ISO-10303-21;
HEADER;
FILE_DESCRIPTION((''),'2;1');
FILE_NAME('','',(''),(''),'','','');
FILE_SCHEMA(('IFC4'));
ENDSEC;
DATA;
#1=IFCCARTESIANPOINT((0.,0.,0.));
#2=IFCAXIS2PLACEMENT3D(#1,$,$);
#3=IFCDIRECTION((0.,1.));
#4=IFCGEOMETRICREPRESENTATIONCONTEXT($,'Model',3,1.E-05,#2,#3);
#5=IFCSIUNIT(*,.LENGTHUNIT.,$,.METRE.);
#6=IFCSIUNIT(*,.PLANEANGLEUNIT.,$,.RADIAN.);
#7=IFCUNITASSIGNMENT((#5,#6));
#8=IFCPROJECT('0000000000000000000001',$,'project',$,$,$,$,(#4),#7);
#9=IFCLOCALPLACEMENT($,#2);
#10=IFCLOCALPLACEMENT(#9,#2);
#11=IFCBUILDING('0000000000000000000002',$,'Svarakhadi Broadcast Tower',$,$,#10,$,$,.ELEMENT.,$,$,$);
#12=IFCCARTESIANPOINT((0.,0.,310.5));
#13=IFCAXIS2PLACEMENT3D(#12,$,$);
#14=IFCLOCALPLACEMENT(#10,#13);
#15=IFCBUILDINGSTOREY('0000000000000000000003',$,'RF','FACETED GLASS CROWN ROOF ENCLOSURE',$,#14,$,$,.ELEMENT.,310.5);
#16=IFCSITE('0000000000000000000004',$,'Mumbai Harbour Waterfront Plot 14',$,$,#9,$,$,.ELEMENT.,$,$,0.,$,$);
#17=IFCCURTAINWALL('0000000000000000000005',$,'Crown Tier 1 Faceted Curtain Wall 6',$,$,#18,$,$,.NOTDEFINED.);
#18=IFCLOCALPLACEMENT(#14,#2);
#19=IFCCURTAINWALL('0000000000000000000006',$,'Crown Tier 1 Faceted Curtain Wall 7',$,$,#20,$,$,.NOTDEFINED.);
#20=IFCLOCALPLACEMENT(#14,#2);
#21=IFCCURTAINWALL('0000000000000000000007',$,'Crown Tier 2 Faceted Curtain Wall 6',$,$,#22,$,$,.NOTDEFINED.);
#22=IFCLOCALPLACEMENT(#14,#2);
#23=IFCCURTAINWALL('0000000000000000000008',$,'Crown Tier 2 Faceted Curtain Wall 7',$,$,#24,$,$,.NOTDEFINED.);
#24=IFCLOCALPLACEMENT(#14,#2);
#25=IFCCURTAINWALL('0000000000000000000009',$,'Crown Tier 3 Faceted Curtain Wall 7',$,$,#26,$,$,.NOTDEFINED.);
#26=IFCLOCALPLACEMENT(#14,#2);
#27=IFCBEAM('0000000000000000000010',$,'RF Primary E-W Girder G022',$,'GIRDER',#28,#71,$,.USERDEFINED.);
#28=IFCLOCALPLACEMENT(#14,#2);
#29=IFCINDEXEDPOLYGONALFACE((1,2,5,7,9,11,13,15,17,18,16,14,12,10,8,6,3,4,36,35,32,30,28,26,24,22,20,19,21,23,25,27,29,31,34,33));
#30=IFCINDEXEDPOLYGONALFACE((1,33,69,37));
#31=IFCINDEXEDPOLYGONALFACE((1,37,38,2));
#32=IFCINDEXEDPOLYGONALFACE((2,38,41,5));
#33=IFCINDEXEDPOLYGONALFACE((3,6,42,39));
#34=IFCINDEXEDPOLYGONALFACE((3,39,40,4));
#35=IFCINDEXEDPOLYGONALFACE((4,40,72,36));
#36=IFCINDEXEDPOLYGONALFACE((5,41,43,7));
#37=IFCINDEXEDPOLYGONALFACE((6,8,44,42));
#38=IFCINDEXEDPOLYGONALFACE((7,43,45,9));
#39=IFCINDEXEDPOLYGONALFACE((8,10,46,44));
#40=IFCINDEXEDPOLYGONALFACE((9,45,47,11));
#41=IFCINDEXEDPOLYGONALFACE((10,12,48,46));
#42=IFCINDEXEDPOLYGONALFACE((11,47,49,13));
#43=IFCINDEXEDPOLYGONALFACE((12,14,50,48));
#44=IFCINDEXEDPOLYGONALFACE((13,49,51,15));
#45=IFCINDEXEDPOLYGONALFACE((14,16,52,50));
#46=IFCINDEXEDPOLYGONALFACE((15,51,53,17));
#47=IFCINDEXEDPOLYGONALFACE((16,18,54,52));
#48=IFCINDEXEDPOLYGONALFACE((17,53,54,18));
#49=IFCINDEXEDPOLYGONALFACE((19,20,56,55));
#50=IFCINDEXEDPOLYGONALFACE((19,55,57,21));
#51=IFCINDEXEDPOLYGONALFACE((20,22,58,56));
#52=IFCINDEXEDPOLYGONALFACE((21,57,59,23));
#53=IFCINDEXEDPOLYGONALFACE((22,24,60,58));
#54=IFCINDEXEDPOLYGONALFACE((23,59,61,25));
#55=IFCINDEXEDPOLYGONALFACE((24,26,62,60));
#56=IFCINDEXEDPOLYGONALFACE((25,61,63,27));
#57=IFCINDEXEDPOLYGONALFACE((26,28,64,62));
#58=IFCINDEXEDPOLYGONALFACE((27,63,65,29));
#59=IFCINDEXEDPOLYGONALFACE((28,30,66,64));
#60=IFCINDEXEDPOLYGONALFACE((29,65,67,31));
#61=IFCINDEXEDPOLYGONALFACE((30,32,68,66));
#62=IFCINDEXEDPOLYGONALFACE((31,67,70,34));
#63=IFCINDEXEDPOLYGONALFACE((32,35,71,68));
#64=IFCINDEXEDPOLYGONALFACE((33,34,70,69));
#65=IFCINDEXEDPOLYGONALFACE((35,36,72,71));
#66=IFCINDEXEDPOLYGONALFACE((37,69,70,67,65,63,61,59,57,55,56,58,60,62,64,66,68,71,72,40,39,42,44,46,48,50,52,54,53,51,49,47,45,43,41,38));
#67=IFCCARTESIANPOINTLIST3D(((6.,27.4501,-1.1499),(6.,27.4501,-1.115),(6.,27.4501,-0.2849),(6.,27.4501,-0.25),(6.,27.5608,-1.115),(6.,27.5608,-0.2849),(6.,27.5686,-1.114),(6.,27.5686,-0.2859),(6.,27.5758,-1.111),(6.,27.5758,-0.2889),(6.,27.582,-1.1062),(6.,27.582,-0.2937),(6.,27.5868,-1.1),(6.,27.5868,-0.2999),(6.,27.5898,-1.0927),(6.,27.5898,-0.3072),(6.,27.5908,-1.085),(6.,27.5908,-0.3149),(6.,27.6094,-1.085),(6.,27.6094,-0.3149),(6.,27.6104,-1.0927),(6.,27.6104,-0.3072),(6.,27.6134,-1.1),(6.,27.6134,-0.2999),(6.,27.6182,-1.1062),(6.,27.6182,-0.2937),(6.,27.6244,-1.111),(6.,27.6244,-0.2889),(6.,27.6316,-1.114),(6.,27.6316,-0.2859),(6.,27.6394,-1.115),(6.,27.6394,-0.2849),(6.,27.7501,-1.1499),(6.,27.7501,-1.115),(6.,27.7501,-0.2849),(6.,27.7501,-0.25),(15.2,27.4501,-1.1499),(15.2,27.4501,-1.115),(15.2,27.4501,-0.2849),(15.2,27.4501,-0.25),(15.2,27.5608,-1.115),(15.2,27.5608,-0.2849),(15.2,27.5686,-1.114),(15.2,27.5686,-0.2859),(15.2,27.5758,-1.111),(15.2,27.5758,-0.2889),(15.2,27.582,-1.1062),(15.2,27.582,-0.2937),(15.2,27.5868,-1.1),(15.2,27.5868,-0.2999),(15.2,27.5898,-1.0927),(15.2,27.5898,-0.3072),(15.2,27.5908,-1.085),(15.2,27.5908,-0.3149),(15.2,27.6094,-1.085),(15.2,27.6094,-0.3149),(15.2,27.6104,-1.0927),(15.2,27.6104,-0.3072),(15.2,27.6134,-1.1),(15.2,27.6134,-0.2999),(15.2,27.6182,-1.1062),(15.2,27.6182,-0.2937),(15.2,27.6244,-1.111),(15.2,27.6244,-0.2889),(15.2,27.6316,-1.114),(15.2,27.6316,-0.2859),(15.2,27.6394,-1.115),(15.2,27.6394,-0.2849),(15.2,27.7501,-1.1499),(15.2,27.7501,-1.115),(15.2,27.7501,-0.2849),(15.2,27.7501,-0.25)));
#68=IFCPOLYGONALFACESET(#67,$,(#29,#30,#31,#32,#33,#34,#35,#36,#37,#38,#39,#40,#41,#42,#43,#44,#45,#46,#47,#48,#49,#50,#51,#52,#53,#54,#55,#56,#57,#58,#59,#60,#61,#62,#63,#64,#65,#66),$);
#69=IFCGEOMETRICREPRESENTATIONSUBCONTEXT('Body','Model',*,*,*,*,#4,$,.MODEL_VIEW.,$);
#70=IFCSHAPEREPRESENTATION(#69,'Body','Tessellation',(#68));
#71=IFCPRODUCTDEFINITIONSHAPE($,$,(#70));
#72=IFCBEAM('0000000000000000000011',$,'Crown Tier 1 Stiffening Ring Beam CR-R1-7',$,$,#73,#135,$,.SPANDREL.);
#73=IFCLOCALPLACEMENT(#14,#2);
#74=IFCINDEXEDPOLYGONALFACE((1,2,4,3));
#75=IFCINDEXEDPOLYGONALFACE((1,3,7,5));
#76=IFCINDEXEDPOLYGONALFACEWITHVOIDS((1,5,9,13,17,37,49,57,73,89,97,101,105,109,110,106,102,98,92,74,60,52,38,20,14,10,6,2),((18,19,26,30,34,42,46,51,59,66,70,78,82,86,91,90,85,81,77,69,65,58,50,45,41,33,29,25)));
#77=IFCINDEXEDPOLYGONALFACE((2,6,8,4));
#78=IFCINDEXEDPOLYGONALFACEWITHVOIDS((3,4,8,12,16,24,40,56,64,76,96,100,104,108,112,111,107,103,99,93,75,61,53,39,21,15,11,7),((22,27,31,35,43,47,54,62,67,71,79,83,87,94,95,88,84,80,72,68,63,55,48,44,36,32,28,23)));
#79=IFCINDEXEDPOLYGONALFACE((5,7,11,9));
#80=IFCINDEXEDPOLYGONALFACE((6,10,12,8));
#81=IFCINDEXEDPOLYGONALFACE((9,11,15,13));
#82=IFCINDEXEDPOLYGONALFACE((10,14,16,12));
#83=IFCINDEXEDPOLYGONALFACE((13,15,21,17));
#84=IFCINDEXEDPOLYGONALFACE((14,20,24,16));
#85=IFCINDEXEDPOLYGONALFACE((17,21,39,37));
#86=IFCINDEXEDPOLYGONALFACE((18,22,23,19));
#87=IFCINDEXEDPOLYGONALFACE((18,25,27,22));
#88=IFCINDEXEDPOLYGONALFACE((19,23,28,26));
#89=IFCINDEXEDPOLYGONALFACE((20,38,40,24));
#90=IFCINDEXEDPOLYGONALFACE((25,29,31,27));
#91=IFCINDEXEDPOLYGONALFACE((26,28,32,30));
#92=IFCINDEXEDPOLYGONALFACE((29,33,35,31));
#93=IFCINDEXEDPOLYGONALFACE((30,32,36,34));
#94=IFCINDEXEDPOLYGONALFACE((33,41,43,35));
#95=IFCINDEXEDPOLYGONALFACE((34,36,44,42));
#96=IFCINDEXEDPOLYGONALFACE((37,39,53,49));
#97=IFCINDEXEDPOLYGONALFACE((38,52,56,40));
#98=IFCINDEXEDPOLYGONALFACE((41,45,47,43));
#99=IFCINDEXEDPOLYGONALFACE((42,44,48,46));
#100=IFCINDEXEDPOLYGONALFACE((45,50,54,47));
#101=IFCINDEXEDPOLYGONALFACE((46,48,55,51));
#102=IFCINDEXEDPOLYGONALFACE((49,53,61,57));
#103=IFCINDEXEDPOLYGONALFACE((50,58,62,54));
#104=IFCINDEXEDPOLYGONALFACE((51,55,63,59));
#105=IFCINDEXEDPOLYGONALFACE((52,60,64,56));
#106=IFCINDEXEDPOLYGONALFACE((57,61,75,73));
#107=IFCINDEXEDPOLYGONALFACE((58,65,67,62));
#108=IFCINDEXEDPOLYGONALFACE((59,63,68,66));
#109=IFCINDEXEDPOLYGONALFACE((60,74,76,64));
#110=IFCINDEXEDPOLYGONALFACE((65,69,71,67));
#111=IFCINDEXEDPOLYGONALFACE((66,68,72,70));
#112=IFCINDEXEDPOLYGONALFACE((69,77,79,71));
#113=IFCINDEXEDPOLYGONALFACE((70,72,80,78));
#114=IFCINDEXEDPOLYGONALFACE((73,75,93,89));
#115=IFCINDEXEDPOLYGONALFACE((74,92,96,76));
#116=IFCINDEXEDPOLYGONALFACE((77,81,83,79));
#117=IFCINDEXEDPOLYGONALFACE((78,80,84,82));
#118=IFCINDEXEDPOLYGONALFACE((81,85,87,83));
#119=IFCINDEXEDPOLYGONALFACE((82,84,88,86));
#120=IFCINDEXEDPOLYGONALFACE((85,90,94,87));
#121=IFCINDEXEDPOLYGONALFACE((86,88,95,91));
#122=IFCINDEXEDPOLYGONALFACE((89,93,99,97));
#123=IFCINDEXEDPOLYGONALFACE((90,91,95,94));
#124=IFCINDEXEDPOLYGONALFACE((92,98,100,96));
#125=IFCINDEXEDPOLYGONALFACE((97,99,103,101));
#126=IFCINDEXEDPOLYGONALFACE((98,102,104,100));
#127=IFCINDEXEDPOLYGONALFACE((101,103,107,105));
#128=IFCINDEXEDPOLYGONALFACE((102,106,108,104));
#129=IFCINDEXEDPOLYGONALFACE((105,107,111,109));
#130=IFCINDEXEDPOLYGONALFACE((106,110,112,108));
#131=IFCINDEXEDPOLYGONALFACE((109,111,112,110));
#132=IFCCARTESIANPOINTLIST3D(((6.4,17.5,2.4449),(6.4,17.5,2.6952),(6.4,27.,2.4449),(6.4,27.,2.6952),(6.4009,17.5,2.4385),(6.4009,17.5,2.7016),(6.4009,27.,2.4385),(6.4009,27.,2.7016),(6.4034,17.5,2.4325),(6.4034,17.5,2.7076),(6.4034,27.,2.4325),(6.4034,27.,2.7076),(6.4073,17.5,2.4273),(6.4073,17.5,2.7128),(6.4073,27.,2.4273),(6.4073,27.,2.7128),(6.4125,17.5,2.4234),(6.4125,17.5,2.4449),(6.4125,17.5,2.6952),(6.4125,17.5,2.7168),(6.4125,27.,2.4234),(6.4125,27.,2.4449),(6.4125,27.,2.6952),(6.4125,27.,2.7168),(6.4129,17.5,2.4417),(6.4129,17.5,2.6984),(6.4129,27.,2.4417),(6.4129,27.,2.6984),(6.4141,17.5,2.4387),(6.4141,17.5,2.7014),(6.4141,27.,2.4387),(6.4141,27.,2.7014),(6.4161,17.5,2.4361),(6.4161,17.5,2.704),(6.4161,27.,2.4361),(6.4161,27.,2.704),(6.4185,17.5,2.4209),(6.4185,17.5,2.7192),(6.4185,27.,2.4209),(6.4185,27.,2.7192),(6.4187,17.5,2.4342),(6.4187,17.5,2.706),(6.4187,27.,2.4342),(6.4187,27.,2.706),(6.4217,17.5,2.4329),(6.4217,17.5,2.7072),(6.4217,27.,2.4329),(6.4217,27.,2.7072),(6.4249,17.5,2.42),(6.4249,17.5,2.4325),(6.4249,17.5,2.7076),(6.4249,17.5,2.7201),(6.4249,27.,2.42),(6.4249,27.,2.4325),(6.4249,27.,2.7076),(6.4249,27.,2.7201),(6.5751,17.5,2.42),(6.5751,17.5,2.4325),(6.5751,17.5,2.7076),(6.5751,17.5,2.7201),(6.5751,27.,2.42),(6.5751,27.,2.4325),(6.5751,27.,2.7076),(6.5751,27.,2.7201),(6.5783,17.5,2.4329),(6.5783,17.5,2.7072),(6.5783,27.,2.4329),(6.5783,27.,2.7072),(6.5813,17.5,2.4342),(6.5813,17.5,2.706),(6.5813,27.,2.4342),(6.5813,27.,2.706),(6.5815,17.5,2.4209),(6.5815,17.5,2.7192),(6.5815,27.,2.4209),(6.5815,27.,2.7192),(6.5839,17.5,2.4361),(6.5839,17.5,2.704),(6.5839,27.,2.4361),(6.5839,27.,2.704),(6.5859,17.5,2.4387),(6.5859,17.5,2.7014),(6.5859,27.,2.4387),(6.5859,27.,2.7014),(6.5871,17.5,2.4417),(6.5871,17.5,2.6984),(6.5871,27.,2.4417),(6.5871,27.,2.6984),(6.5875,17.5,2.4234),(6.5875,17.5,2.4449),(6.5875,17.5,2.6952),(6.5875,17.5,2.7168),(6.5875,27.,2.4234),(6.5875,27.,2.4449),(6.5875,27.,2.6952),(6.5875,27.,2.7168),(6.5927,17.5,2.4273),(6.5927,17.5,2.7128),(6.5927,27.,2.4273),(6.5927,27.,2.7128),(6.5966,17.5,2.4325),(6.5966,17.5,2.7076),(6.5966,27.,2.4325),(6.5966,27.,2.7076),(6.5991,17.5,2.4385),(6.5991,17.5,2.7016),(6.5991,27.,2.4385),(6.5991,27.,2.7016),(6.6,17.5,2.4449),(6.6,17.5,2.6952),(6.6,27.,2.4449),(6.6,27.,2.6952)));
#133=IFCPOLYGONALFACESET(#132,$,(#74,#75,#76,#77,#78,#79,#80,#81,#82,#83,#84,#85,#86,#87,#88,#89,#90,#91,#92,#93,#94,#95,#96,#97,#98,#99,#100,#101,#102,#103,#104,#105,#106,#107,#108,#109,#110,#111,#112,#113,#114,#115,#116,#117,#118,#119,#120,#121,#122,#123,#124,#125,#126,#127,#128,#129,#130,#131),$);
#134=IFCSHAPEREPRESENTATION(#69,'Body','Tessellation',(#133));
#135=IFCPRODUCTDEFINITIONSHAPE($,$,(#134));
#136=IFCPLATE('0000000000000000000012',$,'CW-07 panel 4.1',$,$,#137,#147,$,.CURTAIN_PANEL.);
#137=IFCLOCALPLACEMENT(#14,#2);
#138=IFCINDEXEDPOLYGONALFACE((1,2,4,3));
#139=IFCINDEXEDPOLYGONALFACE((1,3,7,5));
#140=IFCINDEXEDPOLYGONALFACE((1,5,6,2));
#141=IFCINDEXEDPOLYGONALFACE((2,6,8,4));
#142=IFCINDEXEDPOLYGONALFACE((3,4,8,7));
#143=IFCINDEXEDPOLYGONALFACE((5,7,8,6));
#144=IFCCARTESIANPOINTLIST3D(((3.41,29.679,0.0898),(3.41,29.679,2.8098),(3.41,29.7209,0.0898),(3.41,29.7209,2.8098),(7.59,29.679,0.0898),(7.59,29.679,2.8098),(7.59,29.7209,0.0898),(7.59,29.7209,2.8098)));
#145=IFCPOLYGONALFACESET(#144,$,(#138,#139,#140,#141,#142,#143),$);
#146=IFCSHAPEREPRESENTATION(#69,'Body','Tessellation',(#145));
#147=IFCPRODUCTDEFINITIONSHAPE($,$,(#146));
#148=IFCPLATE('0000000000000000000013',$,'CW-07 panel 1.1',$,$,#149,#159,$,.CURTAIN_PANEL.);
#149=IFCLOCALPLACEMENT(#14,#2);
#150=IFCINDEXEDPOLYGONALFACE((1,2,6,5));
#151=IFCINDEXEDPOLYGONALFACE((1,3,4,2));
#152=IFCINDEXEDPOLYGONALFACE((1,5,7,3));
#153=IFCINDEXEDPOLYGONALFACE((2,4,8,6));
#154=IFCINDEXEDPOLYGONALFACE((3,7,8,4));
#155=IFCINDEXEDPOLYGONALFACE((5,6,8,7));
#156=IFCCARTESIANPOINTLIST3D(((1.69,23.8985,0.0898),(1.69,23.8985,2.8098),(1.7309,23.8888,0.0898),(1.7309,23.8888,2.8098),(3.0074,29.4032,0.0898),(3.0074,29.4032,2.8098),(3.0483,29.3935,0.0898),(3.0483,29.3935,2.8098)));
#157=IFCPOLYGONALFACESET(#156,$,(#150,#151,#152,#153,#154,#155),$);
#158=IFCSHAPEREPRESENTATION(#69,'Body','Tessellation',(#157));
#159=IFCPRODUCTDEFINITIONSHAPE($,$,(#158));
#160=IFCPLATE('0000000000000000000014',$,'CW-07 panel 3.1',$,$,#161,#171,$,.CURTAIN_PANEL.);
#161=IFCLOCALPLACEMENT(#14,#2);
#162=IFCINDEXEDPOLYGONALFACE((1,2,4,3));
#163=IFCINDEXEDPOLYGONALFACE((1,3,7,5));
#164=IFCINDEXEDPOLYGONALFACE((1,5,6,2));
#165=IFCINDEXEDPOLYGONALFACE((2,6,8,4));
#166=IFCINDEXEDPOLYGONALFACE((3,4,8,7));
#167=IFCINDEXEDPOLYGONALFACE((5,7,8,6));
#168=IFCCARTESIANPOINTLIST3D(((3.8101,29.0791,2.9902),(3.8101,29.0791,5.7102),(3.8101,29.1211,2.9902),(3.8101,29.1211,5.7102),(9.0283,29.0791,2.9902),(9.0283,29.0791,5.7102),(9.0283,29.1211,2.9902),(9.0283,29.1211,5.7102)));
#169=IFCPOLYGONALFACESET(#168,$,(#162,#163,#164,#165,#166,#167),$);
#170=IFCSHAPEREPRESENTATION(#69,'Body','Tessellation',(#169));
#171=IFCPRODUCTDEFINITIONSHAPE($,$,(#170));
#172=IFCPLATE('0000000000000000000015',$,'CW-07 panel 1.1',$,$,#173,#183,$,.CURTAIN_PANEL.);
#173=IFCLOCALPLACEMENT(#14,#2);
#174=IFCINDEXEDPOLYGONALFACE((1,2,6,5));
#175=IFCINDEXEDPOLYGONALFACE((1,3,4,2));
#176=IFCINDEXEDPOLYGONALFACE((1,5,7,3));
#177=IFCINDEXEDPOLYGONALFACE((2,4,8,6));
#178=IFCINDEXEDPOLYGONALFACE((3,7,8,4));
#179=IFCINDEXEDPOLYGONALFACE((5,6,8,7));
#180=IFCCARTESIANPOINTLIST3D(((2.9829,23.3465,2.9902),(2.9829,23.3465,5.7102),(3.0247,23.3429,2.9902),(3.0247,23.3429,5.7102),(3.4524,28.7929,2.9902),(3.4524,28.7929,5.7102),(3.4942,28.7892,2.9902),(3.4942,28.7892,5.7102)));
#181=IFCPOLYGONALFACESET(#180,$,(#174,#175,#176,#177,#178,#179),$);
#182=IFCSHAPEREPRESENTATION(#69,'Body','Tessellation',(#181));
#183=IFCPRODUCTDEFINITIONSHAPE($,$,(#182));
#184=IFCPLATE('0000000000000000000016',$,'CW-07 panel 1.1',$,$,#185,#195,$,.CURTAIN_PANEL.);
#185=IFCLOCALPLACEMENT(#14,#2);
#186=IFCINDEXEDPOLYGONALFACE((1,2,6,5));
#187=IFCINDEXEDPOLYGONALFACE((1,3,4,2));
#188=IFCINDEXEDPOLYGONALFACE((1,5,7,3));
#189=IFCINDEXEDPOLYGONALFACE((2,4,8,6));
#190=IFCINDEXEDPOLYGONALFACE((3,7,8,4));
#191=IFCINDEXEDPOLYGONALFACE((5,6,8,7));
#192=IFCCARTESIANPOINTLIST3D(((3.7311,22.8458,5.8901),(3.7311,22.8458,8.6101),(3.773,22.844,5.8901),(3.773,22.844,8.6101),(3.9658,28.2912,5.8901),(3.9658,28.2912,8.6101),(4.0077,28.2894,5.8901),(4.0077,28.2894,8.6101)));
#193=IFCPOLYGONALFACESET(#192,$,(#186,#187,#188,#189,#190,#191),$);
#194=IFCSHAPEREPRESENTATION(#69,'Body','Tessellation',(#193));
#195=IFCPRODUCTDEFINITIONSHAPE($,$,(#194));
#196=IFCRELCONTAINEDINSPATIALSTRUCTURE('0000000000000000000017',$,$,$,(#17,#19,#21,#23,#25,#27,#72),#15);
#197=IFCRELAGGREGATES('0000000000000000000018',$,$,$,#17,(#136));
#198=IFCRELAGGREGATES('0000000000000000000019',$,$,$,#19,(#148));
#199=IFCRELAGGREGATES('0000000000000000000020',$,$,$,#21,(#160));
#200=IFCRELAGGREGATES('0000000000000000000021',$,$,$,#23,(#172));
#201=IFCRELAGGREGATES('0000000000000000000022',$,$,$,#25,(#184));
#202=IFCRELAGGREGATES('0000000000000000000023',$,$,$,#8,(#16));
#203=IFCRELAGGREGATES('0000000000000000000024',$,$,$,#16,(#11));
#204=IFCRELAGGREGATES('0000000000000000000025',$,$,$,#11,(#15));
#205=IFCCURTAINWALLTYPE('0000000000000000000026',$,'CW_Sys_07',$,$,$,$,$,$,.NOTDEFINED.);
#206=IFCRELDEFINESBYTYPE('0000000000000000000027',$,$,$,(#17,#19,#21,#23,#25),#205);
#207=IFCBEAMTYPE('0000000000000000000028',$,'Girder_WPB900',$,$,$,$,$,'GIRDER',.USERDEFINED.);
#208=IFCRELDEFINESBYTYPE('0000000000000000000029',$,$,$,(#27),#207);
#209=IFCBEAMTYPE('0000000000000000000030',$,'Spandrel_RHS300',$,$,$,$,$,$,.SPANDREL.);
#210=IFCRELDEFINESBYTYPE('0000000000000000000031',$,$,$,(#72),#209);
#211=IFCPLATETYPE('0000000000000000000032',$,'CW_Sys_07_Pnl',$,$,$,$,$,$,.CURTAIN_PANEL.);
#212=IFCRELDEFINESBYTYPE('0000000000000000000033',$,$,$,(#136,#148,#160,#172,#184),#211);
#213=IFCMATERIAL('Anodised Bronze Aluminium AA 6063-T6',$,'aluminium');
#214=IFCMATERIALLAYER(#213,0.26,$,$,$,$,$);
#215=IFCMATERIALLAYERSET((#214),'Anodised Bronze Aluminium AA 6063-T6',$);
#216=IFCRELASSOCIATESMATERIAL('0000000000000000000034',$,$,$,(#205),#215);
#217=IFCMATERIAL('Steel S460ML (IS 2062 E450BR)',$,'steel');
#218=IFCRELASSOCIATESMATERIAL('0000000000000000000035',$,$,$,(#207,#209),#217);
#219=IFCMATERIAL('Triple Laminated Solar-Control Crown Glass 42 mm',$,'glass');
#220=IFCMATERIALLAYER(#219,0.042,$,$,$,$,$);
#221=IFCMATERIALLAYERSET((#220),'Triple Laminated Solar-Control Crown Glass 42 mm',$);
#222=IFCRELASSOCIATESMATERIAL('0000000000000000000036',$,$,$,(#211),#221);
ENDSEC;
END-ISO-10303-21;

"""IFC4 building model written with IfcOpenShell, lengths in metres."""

from ifc_helpers import new_model, si_unit, direction, frame, origin, origin_2d, place, context, subcontext, project, spatial, rectangle, hollow_rectangle, i_section, extrude, material, layer, layer_set, material_profile, profile_set, type_object, element, aggregate, save


model = new_model("IFC4")

# Units and contexts
model_context = context("Model", 3, precision=1e-05, world=origin(), true_north=direction((0.0, 1.0)))
body_context = subcontext(model_context, "Body", "Model", "MODEL_VIEW")
ifc_project = project(units=[si_unit("LENGTHUNIT", "METRE"), si_unit("PLANEANGLEUNIT", "RADIAN")], contexts=[model_context])

# Site, building, storey
site_placement = place(None, origin())
site = spatial("IfcSite", under=ifc_project, at=site_placement, Name="Mumbai Harbour Waterfront Plot 14", CompositionType="ELEMENT", RefElevation=0.0)
building_placement = place(site_placement, origin())
building = spatial("IfcBuilding", under=site, at=building_placement, Name="Svarakhadi Broadcast Tower", CompositionType="ELEMENT")
storey_placement = place(building_placement, frame((0.0, 0.0, 310.5)))
storey = spatial("IfcBuildingStorey", under=building, at=storey_placement, Name="RF", Description="FACETED GLASS CROWN ROOF ENCLOSURE", CompositionType="ELEMENT", Elevation=310.5)

# Shared definitions
ifc_material_1 = material(Name="Steel S460ML (IS 2062 E450BR)", Category="steel")

# Curtain wall
ifc_material_2 = material(Name="Anodised Bronze Aluminium AA 6063-T6", Category="aluminium")
ifc_layer_1 = layer(ifc_material_2, 0.26)
ifc_layer_set_1 = layer_set([ifc_layer_1], Name="Anodised Bronze Aluminium AA 6063-T6")
curtain_wall_type = type_object("IfcCurtainWallType", Name="CW_Sys_07", PredefinedType="NOTDEFINED", material=ifc_layer_set_1)
curtain_wall_1_placement = place(storey_placement, origin())
curtain_wall_1 = element("IfcCurtainWall", 1, at=curtain_wall_1_placement, inside=storey, type_object=curtain_wall_type, Name="Crown Tier 1 Faceted Curtain Wall 6", PredefinedType="NOTDEFINED")

# Curtain wall
curtain_wall_2_placement = place(storey_placement, origin())
curtain_wall_2 = element("IfcCurtainWall", 2, at=curtain_wall_2_placement, inside=storey, type_object=curtain_wall_type, Name="Crown Tier 1 Faceted Curtain Wall 7", PredefinedType="NOTDEFINED")

# Curtain wall
curtain_wall_3_placement = place(storey_placement, origin())
curtain_wall_3 = element("IfcCurtainWall", 3, at=curtain_wall_3_placement, inside=storey, type_object=curtain_wall_type, Name="Crown Tier 2 Faceted Curtain Wall 6", PredefinedType="NOTDEFINED")

# Curtain wall
curtain_wall_4_placement = place(storey_placement, origin())
curtain_wall_4 = element("IfcCurtainWall", 4, at=curtain_wall_4_placement, inside=storey, type_object=curtain_wall_type, Name="Crown Tier 2 Faceted Curtain Wall 7", PredefinedType="NOTDEFINED")

# Curtain wall
curtain_wall_5_placement = place(storey_placement, origin())
curtain_wall_5 = element("IfcCurtainWall", 5, at=curtain_wall_5_placement, inside=storey, type_object=curtain_wall_type, Name="Crown Tier 3 Faceted Curtain Wall 7", PredefinedType="NOTDEFINED")

# Beams
ifc_material_profile_1 = material_profile(ifc_material_1, i_section(OverallWidth=0.3, OverallDepth=0.8999, WebThickness=0.0186, FlangeThickness=0.0349, FilletRadius=0.03, at=origin_2d()), Name="WPB 900x300x291")
ifc_profile_set_1 = profile_set([ifc_material_profile_1], Name="Steel S460ML (IS 2062 E450BR)")
beam_type_1 = type_object("IfcBeamType", Name="Girder_WPB900", ElementType="GIRDER", PredefinedType="USERDEFINED", material=ifc_profile_set_1)
beam_1_placement = place(storey_placement, frame((6.0, 27.6001, -0.7), z_axis=(1.0, 0.0, 0.0), x_axis=(0.0, 1.0, 0.0)))
element("IfcBeam", 6, at=beam_1_placement, inside=storey, type_object=beam_type_1, Name="RF Primary E-W Girder G022", ObjectType="GIRDER", PredefinedType="USERDEFINED", context=body_context, shape_type="SweptSolid", body=[
    extrude(i_section(OverallWidth=0.3, OverallDepth=0.8999, WebThickness=0.0186, FlangeThickness=0.0349, FilletRadius=0.03, at=origin_2d()), origin(), (0.0, 0.0, 1.0), 9.2),
])
ifc_material_profile_2 = material_profile(ifc_material_1, hollow_rectangle(XDim=0.2, YDim=0.3, WallThickness=0.0125, InnerFilletRadius=0.0125, OuterFilletRadius=0.0249, at=origin_2d()), Name="RHS 300x200x12.5")
ifc_profile_set_2 = profile_set([ifc_material_profile_2], Name="Steel S460ML (IS 2062 E450BR)")
beam_type_2 = type_object("IfcBeamType", Name="Spandrel_RHS300", PredefinedType="SPANDREL", material=ifc_profile_set_2)
beam_2_placement = place(storey_placement, frame((6.5, 27.0, 2.5701), z_axis=(0.0, -1.0, 0.0), x_axis=(1.0, 0.0, 0.0)))
element("IfcBeam", 7, at=beam_2_placement, inside=storey, type_object=beam_type_2, Name="Crown Tier 1 Stiffening Ring Beam CR-R1-7", PredefinedType="SPANDREL", context=body_context, shape_type="SweptSolid", body=[
    extrude(hollow_rectangle(XDim=0.2, YDim=0.3, WallThickness=0.0125, InnerFilletRadius=0.0125, OuterFilletRadius=0.0249, at=origin_2d()), origin(), (0.0, 0.0, 1.0), 9.5),
])

# Plates
ifc_material_3 = material(Name="Triple Laminated Solar-Control Crown Glass 42 mm", Category="glass")
ifc_layer_2 = layer(ifc_material_3, 0.042)
ifc_layer_set_2 = layer_set([ifc_layer_2], Name="Triple Laminated Solar-Control Crown Glass 42 mm")
plate_type_1 = type_object("IfcPlateType", Name="CW_Sys_07_Pnl", PredefinedType="CURTAIN_PANEL", material=ifc_layer_set_2)
plate_1_placement = place(storey_placement, frame((5.5, 29.7, 0.0898), z_axis=(0.0, 0.0, 1.0), x_axis=(-1.0, 0.0, 0.0)))
plate_1 = element("IfcPlate", 8, at=plate_1_placement, type_object=plate_type_1, Name="CW-07 panel 4.1", PredefinedType="CURTAIN_PANEL", context=body_context, shape_type="SweptSolid", body=[
    extrude(rectangle(XDim=4.1799, YDim=0.042, at=origin_2d()), origin(), (0.0, 0.0, 1.0), 2.72),
])
aggregate(curtain_wall_1, [plate_1])
plate_2_placement = place(storey_placement, frame((2.3691, 26.646, 0.0898), z_axis=(0.0, 0.0, 1.0), x_axis=(-0.232746, -0.972537, 0.0)))
plate_2 = element("IfcPlate", 9, at=plate_2_placement, type_object=plate_type_1, Name="CW-07 panel 1.1", PredefinedType="CURTAIN_PANEL", context=body_context, shape_type="SweptSolid", body=[
    extrude(rectangle(XDim=5.6602, YDim=0.042, at=origin_2d()), origin(), (0.0, 0.0, 1.0), 2.72),
])
aggregate(curtain_wall_2, [plate_2])
plate_3_placement = place(storey_placement, frame((6.4192, 29.1001, 2.9902), z_axis=(0.0, 0.0, 1.0), x_axis=(-1.0, 0.0, 0.0)))
plate_3 = element("IfcPlate", 10, at=plate_3_placement, type_object=plate_type_1, Name="CW-07 panel 3.1", PredefinedType="CURTAIN_PANEL", context=body_context, shape_type="SweptSolid", body=[
    extrude(rectangle(XDim=5.2183, YDim=0.042, at=origin_2d()), origin(), (0.0, 0.0, 1.0), 2.72),
])
aggregate(curtain_wall_3, [plate_3])
plate_4_placement = place(storey_placement, frame((3.2385, 26.0679, 2.9902), z_axis=(0.0, 0.0, 1.0), x_axis=(-0.085888, -0.996305, 0.0)))
plate_4 = element("IfcPlate", 11, at=plate_4_placement, type_object=plate_type_1, Name="CW-07 panel 1.1", PredefinedType="CURTAIN_PANEL", context=body_context, shape_type="SweptSolid", body=[
    extrude(rectangle(XDim=5.4666, YDim=0.042, at=origin_2d()), origin(), (0.0, 0.0, 1.0), 2.72),
])
aggregate(curtain_wall_4, [plate_4])
plate_5_placement = place(storey_placement, frame((3.8694, 25.5676, 5.8901), z_axis=(0.0, 0.0, 1.0), x_axis=(-0.043059, -0.999073, 0.0)))
plate_5 = element("IfcPlate", 12, at=plate_5_placement, type_object=plate_type_1, Name="CW-07 panel 1.1", PredefinedType="CURTAIN_PANEL", context=body_context, shape_type="SweptSolid", body=[
    extrude(rectangle(XDim=5.4504, YDim=0.042, at=origin_2d()), origin(), (0.0, 0.0, 1.0), 2.72),
])
aggregate(curtain_wall_5, [plate_5])

save(model, "model.ifc")
